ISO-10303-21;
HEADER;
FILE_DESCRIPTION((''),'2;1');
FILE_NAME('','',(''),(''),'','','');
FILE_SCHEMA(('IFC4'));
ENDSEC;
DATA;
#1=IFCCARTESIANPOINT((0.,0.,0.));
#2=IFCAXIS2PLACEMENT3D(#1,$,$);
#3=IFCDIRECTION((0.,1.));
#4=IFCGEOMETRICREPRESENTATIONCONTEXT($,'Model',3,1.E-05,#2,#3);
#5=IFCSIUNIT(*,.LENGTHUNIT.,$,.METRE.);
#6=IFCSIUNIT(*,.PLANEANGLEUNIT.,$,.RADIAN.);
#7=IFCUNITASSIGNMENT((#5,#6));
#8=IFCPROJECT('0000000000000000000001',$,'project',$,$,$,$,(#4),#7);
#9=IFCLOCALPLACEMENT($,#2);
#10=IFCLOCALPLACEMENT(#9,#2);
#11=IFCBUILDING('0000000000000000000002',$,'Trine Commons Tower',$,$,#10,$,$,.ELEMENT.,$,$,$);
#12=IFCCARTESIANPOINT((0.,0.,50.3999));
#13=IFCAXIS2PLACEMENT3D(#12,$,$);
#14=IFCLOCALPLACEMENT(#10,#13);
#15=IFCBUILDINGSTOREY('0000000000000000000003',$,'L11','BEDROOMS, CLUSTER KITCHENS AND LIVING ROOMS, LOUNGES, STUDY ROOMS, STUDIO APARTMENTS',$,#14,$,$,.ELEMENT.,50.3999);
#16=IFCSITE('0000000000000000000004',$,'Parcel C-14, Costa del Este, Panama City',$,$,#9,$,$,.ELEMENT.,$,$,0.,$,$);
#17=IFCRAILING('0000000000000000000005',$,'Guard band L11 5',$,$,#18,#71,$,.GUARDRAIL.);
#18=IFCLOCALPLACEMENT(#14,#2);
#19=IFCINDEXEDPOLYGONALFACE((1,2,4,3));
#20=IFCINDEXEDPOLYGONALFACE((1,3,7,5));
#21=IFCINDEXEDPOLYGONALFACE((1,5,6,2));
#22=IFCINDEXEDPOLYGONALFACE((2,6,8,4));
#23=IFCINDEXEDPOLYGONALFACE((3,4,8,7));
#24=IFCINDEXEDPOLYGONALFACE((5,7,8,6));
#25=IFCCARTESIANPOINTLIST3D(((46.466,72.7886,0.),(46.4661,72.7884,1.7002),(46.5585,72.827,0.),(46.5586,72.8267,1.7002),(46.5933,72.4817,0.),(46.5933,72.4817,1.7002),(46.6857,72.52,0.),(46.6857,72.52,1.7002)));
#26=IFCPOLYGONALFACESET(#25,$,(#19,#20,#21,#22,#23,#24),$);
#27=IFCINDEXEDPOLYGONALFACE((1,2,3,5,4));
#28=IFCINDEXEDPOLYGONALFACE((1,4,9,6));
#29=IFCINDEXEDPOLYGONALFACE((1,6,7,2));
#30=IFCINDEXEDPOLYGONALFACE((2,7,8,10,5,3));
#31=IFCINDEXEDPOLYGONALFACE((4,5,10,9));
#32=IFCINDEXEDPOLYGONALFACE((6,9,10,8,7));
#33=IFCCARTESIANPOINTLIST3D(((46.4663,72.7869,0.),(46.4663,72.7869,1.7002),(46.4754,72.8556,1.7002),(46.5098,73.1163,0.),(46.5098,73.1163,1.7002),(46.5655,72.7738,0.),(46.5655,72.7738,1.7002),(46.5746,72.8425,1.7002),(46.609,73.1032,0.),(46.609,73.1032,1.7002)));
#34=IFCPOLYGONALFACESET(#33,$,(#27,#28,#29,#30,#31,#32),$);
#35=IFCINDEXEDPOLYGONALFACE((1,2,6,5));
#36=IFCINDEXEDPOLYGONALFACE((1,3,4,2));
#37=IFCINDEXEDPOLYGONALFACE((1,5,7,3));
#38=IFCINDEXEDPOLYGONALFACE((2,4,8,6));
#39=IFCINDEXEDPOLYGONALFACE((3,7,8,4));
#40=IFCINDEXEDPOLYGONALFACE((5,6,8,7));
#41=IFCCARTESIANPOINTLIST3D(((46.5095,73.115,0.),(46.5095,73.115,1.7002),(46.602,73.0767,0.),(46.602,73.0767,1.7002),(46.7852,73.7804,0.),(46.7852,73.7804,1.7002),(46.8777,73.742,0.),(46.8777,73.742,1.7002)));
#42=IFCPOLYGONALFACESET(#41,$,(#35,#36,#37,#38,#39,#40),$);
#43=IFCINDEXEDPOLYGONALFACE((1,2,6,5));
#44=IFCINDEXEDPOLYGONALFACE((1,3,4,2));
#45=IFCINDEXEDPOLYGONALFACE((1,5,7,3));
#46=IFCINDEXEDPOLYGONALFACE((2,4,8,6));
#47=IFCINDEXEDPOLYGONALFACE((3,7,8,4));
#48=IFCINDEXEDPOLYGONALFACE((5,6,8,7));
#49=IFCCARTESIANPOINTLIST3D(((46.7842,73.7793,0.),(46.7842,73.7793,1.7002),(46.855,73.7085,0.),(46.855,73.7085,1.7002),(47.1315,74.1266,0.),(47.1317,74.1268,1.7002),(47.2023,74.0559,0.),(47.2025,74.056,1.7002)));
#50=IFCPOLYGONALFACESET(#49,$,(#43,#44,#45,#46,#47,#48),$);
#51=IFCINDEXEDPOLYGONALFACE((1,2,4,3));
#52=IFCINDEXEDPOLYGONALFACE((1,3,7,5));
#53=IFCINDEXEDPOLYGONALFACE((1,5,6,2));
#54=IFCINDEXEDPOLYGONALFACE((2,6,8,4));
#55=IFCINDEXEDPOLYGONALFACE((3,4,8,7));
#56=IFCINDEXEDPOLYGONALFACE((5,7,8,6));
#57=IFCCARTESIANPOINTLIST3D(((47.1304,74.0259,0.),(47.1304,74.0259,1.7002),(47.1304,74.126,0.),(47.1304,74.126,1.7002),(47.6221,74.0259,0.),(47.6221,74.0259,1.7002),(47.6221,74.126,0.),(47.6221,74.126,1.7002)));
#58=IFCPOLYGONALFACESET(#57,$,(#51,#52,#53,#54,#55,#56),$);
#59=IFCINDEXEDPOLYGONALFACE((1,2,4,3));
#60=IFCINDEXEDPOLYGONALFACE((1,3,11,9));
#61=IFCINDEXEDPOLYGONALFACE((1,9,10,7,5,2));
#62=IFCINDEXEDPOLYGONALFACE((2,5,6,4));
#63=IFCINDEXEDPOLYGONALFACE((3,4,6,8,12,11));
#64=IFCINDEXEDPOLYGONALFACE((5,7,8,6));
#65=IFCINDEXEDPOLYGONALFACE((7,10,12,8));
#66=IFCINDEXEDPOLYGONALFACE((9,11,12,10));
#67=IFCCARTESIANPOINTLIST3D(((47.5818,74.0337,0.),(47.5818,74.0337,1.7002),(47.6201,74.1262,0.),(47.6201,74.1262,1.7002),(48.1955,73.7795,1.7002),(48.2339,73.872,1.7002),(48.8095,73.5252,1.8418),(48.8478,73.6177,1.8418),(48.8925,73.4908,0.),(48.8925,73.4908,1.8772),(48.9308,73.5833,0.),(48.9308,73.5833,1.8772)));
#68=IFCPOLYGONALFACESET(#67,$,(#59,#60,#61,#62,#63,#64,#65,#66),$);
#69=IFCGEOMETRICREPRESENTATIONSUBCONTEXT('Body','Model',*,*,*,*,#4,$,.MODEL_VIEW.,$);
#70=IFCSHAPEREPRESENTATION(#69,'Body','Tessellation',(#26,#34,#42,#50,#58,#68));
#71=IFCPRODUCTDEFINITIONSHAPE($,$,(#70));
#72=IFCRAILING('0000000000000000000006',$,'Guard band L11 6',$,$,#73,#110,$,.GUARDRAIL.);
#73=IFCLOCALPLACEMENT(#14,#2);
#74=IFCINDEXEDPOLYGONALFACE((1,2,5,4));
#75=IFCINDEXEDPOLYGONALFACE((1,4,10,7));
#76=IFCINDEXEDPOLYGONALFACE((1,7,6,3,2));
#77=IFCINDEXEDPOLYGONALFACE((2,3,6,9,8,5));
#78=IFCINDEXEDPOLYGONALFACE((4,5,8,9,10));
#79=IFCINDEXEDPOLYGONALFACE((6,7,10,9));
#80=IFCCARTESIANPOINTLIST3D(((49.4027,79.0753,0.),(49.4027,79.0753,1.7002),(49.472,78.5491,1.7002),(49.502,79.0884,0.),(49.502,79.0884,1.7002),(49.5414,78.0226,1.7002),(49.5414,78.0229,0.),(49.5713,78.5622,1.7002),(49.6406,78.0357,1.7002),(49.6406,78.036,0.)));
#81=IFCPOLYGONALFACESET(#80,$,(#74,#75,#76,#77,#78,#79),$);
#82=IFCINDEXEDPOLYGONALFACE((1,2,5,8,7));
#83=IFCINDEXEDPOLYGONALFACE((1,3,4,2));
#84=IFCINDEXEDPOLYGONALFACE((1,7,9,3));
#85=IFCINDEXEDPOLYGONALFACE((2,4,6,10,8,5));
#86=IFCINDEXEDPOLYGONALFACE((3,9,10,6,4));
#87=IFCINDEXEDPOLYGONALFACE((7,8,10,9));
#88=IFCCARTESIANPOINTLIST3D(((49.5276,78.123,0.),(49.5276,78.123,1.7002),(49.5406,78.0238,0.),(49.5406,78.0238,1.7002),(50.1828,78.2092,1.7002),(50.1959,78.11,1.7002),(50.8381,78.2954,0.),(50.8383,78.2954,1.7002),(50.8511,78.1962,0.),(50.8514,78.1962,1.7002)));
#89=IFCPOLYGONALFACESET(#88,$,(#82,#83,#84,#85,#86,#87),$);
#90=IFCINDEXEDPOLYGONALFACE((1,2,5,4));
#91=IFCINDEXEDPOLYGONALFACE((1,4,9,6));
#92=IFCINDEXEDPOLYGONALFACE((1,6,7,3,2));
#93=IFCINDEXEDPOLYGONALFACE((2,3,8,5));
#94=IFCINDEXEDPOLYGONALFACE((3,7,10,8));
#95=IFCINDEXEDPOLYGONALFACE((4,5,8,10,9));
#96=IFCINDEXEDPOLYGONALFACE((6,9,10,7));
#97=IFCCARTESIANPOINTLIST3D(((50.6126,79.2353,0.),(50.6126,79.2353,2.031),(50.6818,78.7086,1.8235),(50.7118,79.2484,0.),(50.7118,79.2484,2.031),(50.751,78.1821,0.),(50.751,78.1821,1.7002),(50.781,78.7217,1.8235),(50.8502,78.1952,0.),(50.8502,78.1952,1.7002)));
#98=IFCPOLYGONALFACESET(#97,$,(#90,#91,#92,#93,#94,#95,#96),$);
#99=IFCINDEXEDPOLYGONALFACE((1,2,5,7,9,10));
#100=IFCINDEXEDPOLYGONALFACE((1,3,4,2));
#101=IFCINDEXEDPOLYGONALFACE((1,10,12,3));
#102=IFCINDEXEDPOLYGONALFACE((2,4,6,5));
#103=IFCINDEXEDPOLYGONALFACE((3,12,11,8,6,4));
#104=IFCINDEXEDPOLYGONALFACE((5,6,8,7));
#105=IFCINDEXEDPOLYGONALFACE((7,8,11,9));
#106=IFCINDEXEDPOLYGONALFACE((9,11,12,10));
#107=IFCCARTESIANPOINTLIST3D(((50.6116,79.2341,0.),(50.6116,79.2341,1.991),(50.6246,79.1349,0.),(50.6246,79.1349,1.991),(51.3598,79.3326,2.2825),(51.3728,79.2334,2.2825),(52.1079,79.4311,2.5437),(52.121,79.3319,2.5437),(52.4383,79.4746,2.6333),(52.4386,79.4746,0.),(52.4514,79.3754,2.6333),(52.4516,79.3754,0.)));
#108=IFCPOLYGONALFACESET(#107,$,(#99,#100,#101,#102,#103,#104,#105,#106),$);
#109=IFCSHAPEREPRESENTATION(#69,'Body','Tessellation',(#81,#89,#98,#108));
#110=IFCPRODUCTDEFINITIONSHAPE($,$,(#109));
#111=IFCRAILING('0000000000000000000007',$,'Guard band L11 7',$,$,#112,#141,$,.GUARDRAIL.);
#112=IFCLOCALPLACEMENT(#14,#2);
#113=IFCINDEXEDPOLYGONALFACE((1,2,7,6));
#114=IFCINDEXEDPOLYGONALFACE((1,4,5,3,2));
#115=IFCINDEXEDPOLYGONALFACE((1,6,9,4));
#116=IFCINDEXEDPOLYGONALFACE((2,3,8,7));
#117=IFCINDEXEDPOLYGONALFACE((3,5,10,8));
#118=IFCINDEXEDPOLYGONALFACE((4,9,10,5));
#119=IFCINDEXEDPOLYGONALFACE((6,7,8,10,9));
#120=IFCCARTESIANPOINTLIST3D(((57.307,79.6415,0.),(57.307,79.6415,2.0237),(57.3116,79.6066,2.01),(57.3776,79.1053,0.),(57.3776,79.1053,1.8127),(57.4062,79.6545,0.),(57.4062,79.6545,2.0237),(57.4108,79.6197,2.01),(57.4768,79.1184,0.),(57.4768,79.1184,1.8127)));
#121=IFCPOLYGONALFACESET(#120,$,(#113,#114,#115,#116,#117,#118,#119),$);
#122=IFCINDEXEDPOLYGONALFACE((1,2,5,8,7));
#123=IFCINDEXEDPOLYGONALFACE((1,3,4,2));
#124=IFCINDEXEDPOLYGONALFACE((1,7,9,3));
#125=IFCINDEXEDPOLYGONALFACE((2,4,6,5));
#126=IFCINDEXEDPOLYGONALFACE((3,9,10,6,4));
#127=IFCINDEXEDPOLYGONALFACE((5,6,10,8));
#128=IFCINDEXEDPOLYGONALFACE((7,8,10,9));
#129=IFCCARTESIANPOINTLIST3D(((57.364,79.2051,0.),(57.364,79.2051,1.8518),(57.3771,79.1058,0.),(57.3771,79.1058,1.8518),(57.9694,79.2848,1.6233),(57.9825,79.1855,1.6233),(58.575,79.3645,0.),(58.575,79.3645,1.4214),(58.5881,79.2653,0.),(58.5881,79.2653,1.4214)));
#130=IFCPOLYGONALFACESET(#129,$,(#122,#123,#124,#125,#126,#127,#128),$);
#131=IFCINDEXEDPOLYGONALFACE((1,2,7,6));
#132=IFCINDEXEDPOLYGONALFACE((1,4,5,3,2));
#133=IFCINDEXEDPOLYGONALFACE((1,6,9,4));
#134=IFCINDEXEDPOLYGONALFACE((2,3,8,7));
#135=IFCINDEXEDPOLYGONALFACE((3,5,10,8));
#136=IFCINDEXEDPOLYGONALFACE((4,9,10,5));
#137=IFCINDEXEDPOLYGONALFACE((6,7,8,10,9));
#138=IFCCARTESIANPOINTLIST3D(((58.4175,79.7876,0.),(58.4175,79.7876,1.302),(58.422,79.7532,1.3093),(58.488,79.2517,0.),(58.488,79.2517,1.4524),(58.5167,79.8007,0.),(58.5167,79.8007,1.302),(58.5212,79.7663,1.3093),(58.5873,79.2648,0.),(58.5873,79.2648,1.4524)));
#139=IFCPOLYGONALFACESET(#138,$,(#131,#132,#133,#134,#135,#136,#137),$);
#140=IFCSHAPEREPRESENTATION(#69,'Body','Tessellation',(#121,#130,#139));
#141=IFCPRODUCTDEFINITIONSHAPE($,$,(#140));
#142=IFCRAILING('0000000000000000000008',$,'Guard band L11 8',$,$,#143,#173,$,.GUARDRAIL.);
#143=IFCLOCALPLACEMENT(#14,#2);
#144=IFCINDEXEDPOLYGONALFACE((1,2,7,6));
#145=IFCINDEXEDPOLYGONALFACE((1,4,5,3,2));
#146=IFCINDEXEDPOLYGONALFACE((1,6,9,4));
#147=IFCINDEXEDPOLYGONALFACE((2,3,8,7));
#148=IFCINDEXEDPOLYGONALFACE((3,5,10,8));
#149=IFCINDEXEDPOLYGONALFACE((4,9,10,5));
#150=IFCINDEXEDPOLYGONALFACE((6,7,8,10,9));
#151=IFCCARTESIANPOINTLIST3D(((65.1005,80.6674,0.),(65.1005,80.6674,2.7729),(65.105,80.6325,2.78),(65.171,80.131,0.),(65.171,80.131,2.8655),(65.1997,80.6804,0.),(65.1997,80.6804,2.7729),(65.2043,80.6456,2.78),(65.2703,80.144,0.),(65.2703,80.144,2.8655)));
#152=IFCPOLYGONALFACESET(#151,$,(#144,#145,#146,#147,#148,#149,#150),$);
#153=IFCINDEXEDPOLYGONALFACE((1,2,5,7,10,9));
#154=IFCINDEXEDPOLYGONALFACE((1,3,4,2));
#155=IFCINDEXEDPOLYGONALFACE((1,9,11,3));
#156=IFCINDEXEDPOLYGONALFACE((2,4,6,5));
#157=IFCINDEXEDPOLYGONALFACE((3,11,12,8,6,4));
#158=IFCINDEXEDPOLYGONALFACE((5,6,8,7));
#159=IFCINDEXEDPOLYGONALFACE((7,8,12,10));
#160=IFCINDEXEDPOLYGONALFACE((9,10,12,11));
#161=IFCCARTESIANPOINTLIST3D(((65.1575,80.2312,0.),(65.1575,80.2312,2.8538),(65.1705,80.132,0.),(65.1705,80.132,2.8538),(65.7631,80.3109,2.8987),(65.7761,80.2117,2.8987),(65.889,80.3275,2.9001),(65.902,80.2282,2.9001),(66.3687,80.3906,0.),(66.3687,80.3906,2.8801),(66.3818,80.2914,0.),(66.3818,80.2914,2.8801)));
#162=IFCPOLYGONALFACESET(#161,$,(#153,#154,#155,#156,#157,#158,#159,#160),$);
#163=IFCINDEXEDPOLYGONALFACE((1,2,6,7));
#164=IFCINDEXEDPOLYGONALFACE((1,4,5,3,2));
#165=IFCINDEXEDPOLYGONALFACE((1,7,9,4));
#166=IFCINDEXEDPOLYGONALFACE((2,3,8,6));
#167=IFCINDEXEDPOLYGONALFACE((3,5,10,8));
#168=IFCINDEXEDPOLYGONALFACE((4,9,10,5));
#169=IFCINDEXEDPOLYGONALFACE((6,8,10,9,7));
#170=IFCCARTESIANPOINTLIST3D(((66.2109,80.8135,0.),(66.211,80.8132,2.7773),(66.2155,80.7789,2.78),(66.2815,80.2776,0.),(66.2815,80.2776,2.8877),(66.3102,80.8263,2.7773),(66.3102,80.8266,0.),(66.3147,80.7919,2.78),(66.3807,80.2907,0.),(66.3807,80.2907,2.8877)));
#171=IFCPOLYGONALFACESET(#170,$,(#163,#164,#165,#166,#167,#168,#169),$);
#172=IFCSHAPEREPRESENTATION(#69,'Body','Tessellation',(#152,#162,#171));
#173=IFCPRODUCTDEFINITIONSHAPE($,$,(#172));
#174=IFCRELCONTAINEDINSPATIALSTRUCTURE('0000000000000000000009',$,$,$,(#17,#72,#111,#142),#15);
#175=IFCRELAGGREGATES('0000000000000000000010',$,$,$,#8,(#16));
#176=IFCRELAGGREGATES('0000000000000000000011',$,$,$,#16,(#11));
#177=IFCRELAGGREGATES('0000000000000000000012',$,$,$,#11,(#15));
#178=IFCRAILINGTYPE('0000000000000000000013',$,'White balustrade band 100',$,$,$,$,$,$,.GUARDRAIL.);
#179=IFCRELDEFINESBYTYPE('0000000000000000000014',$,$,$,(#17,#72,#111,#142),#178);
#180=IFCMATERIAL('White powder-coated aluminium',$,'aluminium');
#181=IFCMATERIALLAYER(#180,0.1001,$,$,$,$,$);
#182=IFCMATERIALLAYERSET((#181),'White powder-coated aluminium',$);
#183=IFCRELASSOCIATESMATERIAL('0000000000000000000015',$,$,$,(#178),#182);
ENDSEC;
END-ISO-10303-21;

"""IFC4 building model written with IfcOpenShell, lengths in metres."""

from ifc_helpers import new_model, si_unit, direction, frame, origin, place, context, subcontext, project, spatial, polyline, outline, extrude, material, layer, layer_set, type_object, element, save


model = new_model("IFC4")

# Units and contexts
model_context = context("Model", 3, precision=1e-05, world=origin(), true_north=direction((0.0, 1.0)))
body_context = subcontext(model_context, "Body", "Model", "MODEL_VIEW")
ifc_project = project(units=[si_unit("LENGTHUNIT", "METRE"), si_unit("PLANEANGLEUNIT", "RADIAN")], contexts=[model_context])

# Site, building, storey
site_placement = place(None, origin())
site = spatial("IfcSite", under=ifc_project, at=site_placement, Name="Parcel C-14, Costa del Este, Panama City", CompositionType="ELEMENT", RefElevation=0.0)
building_placement = place(site_placement, origin())
building = spatial("IfcBuilding", under=site, at=building_placement, Name="Trine Commons Tower", CompositionType="ELEMENT")
storey_placement = place(building_placement, frame((0.0, 0.0, 50.3999)))
storey = spatial("IfcBuildingStorey", under=building, at=storey_placement, Name="L11", Description="BEDROOMS, CLUSTER KITCHENS AND LIVING ROOMS, LOUNGES, STUDY ROOMS, STUDIO APARTMENTS", CompositionType="ELEMENT", Elevation=50.3999)

# Railings
ifc_material_1 = material(Name="White powder-coated aluminium", Category="aluminium")
ifc_layer_1 = layer(ifc_material_1, 0.1001)
ifc_layer_set_1 = layer_set([ifc_layer_1], Name="White powder-coated aluminium")
railing_type = type_object("IfcRailingType", Name="White balustrade band 100", PredefinedType="GUARDRAIL", material=ifc_layer_set_1)
railing_1_placement = place(storey_placement, origin())
element("IfcRailing", 1, at=railing_1_placement, inside=storey, type_object=railing_type, Name="Guard band L11 5", PredefinedType="GUARDRAIL", context=body_context, shape_type="SweptSolid", body=[
    extrude(outline(polyline([(0.0, 0.0), (0.3323, 0.0), (0.332, 1.7002), (0.0, 1.7002), (0.0, 0.0)])), frame((46.5933, 72.4817, 0.0), z_axis=(0.923793, 0.382893, 0.0), x_axis=(-0.382893, 0.923793, 0.0)), (0.0, 0.0, 1.0), 0.1001),
    extrude(outline(polyline([(0.0, 0.0), (0.3323, 0.0), (0.3323, 1.7002), (0.0693, 1.7002), (0.0, 1.7002), (0.0, 0.0)])), frame((46.4663, 72.7869, 0.0), z_axis=(0.991407, -0.130816, 0.0), x_axis=(0.130816, 0.991407, 0.0)), (0.0, 0.0, 1.0), 0.1001),
    extrude(outline(polyline([(0.0, 0.0), (0.7202, 0.0), (0.7202, 1.7002), (0.0, 1.7002), (0.0, 0.0)])), frame((46.5095, 73.115, 0.0), z_axis=(0.923847, -0.382761, 0.0), x_axis=(0.382761, 0.923847, 0.0)), (0.0, 0.0, 1.0), 0.1001),
    extrude(outline(polyline([(0.0, 0.0), (0.4912, 0.0), (0.4915, 1.7002), (0.0, 1.7002), (0.0, 0.0)])), frame((46.7842, 73.7793, 0.0), z_axis=(0.707107, -0.707107, 0.0), x_axis=(0.707107, 0.707107, 0.0)), (0.0, 0.0, 1.0), 0.1001),
    extrude(outline(polyline([(0.0, 0.0), (0.4917, 0.0), (0.4917, 1.7002), (0.0, 1.7002), (0.0, 0.0)])), frame((47.1304, 74.126, 0.0), z_axis=(0.0, -1.0, 0.0), x_axis=(1.0, 0.0, 0.0)), (0.0, 0.0, 1.0), 0.1001),
    extrude(outline(polyline([(0.0, 0.0), (1.4187, 0.0), (1.4187, 1.8772), (1.3289, 1.8418), (0.6643, 1.7002), (0.0, 1.7002), (0.0, 0.0)])), frame((47.6201, 74.1262, 0.0), z_axis=(-0.382696, -0.923874, 0.0), x_axis=(0.923874, -0.382696, 0.0)), (0.0, 0.0, 1.0), 0.1001),
])
railing_2_placement = place(storey_placement, origin())
element("IfcRailing", 2, at=railing_2_placement, inside=storey, type_object=railing_type, Name="Guard band L11 6", PredefinedType="GUARDRAIL", context=body_context, shape_type="SweptSolid", body=[
    extrude(outline(polyline([(0.0, 0.0), (1.0615, 0.0), (1.0618, 1.7002), (0.5308, 1.7002), (0.0, 1.7002), (0.0, 0.0)])), frame((49.502, 79.0884, 0.0), z_axis=(-0.991432, -0.130627, 0.0), x_axis=(0.130627, -0.991432, 0.0)), (0.0, 0.0, 1.0), 0.1001),
    extrude(outline(polyline([(0.0, 0.0), (1.3218, 0.0), (1.322, 1.7002), (0.6609, 1.7002), (0.0, 1.7002), (0.0, 0.0)])), frame((49.5276, 78.123, 0.0), z_axis=(0.130397, -0.991462, 0.0), x_axis=(0.991462, 0.130397, 0.0)), (0.0, 0.0, 1.0), 0.1001),
    extrude(outline(polyline([(0.0, 0.0), (1.0623, 0.0), (1.0623, 2.031), (0.531, 1.8235), (0.0, 1.7002), (0.0, 0.0)])), frame((50.751, 78.1821, 0.0), z_axis=(0.991473, 0.130312, 0.0), x_axis=(-0.130312, 0.991473, 0.0)), (0.0, 0.0, 1.0), 0.1001),
    extrude(outline(polyline([(0.0, 0.0), (1.8428, 0.0), (1.8425, 2.6333), (1.5093, 2.5437), (0.7546, 2.2825), (0.0, 1.991), (0.0, 0.0)])), frame((50.6116, 79.2341, 0.0), z_axis=(0.130506, -0.991448, 0.0), x_axis=(0.991448, 0.130506, 0.0)), (0.0, 0.0, 1.0), 0.1001),
])
railing_3_placement = place(storey_placement, origin())
element("IfcRailing", 3, at=railing_3_placement, inside=storey, type_object=railing_type, Name="Guard band L11 7", PredefinedType="GUARDRAIL", context=body_context, shape_type="SweptSolid", body=[
    extrude(outline(polyline([(0.0, 0.0), (0.5408, 0.0), (0.5408, 1.8127), (0.5408, 1.8127), (0.0352, 2.01), (0.0, 2.0237), (0.0, 0.0)])), frame((57.4062, 79.6545, 0.0), z_axis=(-0.991451, -0.130478, 0.0), x_axis=(0.130478, -0.991451, 0.0)), (0.0, 0.0, 1.0), 0.1001),
    extrude(outline(polyline([(0.0, 0.0), (1.2214, 0.0), (1.2214, 1.4214), (0.6106, 1.6233), (0.0, 1.8518), (0.0, 0.0)])), frame((57.364, 79.2051, 0.0), z_axis=(0.130527, -0.991445, 0.0), x_axis=(0.991445, 0.130527, 0.0)), (0.0, 0.0, 1.0), 0.1001),
    extrude(outline(polyline([(0.0, 0.0), (0.5405, 0.0), (0.5405, 1.302), (0.5059, 1.3093), (0.0, 1.4524), (0.0, 0.0)])), frame((58.488, 79.2517, 0.0), z_axis=(0.991444, 0.130536, 0.0), x_axis=(-0.130536, 0.991444, 0.0)), (0.0, 0.0, 1.0), 0.1001),
])
railing_4_placement = place(storey_placement, origin())
element("IfcRailing", 4, at=railing_4_placement, inside=storey, type_object=railing_type, Name="Guard band L11 8", PredefinedType="GUARDRAIL", context=body_context, shape_type="SweptSolid", body=[
    extrude(outline(polyline([(0.0, 0.0), (0.541, 0.0), (0.541, 2.8655), (0.0352, 2.78), (0.0, 2.7729), (0.0, 0.0)])), frame((65.1997, 80.6804, 0.0), z_axis=(-0.991459, -0.130419, 0.0), x_axis=(0.130419, -0.991459, 0.0)), (0.0, 0.0, 1.0), 0.1001),
    extrude(outline(polyline([(0.0, 0.0), (1.2217, 0.0), (1.2217, 2.8801), (0.7378, 2.9001), (0.6108, 2.8987), (0.0, 2.8538), (0.0, 0.0)])), frame((65.1575, 80.2312, 0.0), z_axis=(0.130501, -0.991448, 0.0), x_axis=(0.991448, 0.130501, 0.0)), (0.0, 0.0, 1.0), 0.1001),
    extrude(outline(polyline([(0.0, 0.0), (0.5405, 0.0), (0.5403, 2.7773), (0.5056, 2.78), (0.0, 2.8877), (0.0, 0.0)])), frame((66.2815, 80.2776, 0.0), z_axis=(0.991444, 0.130536, 0.0), x_axis=(-0.130536, 0.991444, 0.0)), (0.0, 0.0, 1.0), 0.1001),
])

save(model, "model.ifc")
